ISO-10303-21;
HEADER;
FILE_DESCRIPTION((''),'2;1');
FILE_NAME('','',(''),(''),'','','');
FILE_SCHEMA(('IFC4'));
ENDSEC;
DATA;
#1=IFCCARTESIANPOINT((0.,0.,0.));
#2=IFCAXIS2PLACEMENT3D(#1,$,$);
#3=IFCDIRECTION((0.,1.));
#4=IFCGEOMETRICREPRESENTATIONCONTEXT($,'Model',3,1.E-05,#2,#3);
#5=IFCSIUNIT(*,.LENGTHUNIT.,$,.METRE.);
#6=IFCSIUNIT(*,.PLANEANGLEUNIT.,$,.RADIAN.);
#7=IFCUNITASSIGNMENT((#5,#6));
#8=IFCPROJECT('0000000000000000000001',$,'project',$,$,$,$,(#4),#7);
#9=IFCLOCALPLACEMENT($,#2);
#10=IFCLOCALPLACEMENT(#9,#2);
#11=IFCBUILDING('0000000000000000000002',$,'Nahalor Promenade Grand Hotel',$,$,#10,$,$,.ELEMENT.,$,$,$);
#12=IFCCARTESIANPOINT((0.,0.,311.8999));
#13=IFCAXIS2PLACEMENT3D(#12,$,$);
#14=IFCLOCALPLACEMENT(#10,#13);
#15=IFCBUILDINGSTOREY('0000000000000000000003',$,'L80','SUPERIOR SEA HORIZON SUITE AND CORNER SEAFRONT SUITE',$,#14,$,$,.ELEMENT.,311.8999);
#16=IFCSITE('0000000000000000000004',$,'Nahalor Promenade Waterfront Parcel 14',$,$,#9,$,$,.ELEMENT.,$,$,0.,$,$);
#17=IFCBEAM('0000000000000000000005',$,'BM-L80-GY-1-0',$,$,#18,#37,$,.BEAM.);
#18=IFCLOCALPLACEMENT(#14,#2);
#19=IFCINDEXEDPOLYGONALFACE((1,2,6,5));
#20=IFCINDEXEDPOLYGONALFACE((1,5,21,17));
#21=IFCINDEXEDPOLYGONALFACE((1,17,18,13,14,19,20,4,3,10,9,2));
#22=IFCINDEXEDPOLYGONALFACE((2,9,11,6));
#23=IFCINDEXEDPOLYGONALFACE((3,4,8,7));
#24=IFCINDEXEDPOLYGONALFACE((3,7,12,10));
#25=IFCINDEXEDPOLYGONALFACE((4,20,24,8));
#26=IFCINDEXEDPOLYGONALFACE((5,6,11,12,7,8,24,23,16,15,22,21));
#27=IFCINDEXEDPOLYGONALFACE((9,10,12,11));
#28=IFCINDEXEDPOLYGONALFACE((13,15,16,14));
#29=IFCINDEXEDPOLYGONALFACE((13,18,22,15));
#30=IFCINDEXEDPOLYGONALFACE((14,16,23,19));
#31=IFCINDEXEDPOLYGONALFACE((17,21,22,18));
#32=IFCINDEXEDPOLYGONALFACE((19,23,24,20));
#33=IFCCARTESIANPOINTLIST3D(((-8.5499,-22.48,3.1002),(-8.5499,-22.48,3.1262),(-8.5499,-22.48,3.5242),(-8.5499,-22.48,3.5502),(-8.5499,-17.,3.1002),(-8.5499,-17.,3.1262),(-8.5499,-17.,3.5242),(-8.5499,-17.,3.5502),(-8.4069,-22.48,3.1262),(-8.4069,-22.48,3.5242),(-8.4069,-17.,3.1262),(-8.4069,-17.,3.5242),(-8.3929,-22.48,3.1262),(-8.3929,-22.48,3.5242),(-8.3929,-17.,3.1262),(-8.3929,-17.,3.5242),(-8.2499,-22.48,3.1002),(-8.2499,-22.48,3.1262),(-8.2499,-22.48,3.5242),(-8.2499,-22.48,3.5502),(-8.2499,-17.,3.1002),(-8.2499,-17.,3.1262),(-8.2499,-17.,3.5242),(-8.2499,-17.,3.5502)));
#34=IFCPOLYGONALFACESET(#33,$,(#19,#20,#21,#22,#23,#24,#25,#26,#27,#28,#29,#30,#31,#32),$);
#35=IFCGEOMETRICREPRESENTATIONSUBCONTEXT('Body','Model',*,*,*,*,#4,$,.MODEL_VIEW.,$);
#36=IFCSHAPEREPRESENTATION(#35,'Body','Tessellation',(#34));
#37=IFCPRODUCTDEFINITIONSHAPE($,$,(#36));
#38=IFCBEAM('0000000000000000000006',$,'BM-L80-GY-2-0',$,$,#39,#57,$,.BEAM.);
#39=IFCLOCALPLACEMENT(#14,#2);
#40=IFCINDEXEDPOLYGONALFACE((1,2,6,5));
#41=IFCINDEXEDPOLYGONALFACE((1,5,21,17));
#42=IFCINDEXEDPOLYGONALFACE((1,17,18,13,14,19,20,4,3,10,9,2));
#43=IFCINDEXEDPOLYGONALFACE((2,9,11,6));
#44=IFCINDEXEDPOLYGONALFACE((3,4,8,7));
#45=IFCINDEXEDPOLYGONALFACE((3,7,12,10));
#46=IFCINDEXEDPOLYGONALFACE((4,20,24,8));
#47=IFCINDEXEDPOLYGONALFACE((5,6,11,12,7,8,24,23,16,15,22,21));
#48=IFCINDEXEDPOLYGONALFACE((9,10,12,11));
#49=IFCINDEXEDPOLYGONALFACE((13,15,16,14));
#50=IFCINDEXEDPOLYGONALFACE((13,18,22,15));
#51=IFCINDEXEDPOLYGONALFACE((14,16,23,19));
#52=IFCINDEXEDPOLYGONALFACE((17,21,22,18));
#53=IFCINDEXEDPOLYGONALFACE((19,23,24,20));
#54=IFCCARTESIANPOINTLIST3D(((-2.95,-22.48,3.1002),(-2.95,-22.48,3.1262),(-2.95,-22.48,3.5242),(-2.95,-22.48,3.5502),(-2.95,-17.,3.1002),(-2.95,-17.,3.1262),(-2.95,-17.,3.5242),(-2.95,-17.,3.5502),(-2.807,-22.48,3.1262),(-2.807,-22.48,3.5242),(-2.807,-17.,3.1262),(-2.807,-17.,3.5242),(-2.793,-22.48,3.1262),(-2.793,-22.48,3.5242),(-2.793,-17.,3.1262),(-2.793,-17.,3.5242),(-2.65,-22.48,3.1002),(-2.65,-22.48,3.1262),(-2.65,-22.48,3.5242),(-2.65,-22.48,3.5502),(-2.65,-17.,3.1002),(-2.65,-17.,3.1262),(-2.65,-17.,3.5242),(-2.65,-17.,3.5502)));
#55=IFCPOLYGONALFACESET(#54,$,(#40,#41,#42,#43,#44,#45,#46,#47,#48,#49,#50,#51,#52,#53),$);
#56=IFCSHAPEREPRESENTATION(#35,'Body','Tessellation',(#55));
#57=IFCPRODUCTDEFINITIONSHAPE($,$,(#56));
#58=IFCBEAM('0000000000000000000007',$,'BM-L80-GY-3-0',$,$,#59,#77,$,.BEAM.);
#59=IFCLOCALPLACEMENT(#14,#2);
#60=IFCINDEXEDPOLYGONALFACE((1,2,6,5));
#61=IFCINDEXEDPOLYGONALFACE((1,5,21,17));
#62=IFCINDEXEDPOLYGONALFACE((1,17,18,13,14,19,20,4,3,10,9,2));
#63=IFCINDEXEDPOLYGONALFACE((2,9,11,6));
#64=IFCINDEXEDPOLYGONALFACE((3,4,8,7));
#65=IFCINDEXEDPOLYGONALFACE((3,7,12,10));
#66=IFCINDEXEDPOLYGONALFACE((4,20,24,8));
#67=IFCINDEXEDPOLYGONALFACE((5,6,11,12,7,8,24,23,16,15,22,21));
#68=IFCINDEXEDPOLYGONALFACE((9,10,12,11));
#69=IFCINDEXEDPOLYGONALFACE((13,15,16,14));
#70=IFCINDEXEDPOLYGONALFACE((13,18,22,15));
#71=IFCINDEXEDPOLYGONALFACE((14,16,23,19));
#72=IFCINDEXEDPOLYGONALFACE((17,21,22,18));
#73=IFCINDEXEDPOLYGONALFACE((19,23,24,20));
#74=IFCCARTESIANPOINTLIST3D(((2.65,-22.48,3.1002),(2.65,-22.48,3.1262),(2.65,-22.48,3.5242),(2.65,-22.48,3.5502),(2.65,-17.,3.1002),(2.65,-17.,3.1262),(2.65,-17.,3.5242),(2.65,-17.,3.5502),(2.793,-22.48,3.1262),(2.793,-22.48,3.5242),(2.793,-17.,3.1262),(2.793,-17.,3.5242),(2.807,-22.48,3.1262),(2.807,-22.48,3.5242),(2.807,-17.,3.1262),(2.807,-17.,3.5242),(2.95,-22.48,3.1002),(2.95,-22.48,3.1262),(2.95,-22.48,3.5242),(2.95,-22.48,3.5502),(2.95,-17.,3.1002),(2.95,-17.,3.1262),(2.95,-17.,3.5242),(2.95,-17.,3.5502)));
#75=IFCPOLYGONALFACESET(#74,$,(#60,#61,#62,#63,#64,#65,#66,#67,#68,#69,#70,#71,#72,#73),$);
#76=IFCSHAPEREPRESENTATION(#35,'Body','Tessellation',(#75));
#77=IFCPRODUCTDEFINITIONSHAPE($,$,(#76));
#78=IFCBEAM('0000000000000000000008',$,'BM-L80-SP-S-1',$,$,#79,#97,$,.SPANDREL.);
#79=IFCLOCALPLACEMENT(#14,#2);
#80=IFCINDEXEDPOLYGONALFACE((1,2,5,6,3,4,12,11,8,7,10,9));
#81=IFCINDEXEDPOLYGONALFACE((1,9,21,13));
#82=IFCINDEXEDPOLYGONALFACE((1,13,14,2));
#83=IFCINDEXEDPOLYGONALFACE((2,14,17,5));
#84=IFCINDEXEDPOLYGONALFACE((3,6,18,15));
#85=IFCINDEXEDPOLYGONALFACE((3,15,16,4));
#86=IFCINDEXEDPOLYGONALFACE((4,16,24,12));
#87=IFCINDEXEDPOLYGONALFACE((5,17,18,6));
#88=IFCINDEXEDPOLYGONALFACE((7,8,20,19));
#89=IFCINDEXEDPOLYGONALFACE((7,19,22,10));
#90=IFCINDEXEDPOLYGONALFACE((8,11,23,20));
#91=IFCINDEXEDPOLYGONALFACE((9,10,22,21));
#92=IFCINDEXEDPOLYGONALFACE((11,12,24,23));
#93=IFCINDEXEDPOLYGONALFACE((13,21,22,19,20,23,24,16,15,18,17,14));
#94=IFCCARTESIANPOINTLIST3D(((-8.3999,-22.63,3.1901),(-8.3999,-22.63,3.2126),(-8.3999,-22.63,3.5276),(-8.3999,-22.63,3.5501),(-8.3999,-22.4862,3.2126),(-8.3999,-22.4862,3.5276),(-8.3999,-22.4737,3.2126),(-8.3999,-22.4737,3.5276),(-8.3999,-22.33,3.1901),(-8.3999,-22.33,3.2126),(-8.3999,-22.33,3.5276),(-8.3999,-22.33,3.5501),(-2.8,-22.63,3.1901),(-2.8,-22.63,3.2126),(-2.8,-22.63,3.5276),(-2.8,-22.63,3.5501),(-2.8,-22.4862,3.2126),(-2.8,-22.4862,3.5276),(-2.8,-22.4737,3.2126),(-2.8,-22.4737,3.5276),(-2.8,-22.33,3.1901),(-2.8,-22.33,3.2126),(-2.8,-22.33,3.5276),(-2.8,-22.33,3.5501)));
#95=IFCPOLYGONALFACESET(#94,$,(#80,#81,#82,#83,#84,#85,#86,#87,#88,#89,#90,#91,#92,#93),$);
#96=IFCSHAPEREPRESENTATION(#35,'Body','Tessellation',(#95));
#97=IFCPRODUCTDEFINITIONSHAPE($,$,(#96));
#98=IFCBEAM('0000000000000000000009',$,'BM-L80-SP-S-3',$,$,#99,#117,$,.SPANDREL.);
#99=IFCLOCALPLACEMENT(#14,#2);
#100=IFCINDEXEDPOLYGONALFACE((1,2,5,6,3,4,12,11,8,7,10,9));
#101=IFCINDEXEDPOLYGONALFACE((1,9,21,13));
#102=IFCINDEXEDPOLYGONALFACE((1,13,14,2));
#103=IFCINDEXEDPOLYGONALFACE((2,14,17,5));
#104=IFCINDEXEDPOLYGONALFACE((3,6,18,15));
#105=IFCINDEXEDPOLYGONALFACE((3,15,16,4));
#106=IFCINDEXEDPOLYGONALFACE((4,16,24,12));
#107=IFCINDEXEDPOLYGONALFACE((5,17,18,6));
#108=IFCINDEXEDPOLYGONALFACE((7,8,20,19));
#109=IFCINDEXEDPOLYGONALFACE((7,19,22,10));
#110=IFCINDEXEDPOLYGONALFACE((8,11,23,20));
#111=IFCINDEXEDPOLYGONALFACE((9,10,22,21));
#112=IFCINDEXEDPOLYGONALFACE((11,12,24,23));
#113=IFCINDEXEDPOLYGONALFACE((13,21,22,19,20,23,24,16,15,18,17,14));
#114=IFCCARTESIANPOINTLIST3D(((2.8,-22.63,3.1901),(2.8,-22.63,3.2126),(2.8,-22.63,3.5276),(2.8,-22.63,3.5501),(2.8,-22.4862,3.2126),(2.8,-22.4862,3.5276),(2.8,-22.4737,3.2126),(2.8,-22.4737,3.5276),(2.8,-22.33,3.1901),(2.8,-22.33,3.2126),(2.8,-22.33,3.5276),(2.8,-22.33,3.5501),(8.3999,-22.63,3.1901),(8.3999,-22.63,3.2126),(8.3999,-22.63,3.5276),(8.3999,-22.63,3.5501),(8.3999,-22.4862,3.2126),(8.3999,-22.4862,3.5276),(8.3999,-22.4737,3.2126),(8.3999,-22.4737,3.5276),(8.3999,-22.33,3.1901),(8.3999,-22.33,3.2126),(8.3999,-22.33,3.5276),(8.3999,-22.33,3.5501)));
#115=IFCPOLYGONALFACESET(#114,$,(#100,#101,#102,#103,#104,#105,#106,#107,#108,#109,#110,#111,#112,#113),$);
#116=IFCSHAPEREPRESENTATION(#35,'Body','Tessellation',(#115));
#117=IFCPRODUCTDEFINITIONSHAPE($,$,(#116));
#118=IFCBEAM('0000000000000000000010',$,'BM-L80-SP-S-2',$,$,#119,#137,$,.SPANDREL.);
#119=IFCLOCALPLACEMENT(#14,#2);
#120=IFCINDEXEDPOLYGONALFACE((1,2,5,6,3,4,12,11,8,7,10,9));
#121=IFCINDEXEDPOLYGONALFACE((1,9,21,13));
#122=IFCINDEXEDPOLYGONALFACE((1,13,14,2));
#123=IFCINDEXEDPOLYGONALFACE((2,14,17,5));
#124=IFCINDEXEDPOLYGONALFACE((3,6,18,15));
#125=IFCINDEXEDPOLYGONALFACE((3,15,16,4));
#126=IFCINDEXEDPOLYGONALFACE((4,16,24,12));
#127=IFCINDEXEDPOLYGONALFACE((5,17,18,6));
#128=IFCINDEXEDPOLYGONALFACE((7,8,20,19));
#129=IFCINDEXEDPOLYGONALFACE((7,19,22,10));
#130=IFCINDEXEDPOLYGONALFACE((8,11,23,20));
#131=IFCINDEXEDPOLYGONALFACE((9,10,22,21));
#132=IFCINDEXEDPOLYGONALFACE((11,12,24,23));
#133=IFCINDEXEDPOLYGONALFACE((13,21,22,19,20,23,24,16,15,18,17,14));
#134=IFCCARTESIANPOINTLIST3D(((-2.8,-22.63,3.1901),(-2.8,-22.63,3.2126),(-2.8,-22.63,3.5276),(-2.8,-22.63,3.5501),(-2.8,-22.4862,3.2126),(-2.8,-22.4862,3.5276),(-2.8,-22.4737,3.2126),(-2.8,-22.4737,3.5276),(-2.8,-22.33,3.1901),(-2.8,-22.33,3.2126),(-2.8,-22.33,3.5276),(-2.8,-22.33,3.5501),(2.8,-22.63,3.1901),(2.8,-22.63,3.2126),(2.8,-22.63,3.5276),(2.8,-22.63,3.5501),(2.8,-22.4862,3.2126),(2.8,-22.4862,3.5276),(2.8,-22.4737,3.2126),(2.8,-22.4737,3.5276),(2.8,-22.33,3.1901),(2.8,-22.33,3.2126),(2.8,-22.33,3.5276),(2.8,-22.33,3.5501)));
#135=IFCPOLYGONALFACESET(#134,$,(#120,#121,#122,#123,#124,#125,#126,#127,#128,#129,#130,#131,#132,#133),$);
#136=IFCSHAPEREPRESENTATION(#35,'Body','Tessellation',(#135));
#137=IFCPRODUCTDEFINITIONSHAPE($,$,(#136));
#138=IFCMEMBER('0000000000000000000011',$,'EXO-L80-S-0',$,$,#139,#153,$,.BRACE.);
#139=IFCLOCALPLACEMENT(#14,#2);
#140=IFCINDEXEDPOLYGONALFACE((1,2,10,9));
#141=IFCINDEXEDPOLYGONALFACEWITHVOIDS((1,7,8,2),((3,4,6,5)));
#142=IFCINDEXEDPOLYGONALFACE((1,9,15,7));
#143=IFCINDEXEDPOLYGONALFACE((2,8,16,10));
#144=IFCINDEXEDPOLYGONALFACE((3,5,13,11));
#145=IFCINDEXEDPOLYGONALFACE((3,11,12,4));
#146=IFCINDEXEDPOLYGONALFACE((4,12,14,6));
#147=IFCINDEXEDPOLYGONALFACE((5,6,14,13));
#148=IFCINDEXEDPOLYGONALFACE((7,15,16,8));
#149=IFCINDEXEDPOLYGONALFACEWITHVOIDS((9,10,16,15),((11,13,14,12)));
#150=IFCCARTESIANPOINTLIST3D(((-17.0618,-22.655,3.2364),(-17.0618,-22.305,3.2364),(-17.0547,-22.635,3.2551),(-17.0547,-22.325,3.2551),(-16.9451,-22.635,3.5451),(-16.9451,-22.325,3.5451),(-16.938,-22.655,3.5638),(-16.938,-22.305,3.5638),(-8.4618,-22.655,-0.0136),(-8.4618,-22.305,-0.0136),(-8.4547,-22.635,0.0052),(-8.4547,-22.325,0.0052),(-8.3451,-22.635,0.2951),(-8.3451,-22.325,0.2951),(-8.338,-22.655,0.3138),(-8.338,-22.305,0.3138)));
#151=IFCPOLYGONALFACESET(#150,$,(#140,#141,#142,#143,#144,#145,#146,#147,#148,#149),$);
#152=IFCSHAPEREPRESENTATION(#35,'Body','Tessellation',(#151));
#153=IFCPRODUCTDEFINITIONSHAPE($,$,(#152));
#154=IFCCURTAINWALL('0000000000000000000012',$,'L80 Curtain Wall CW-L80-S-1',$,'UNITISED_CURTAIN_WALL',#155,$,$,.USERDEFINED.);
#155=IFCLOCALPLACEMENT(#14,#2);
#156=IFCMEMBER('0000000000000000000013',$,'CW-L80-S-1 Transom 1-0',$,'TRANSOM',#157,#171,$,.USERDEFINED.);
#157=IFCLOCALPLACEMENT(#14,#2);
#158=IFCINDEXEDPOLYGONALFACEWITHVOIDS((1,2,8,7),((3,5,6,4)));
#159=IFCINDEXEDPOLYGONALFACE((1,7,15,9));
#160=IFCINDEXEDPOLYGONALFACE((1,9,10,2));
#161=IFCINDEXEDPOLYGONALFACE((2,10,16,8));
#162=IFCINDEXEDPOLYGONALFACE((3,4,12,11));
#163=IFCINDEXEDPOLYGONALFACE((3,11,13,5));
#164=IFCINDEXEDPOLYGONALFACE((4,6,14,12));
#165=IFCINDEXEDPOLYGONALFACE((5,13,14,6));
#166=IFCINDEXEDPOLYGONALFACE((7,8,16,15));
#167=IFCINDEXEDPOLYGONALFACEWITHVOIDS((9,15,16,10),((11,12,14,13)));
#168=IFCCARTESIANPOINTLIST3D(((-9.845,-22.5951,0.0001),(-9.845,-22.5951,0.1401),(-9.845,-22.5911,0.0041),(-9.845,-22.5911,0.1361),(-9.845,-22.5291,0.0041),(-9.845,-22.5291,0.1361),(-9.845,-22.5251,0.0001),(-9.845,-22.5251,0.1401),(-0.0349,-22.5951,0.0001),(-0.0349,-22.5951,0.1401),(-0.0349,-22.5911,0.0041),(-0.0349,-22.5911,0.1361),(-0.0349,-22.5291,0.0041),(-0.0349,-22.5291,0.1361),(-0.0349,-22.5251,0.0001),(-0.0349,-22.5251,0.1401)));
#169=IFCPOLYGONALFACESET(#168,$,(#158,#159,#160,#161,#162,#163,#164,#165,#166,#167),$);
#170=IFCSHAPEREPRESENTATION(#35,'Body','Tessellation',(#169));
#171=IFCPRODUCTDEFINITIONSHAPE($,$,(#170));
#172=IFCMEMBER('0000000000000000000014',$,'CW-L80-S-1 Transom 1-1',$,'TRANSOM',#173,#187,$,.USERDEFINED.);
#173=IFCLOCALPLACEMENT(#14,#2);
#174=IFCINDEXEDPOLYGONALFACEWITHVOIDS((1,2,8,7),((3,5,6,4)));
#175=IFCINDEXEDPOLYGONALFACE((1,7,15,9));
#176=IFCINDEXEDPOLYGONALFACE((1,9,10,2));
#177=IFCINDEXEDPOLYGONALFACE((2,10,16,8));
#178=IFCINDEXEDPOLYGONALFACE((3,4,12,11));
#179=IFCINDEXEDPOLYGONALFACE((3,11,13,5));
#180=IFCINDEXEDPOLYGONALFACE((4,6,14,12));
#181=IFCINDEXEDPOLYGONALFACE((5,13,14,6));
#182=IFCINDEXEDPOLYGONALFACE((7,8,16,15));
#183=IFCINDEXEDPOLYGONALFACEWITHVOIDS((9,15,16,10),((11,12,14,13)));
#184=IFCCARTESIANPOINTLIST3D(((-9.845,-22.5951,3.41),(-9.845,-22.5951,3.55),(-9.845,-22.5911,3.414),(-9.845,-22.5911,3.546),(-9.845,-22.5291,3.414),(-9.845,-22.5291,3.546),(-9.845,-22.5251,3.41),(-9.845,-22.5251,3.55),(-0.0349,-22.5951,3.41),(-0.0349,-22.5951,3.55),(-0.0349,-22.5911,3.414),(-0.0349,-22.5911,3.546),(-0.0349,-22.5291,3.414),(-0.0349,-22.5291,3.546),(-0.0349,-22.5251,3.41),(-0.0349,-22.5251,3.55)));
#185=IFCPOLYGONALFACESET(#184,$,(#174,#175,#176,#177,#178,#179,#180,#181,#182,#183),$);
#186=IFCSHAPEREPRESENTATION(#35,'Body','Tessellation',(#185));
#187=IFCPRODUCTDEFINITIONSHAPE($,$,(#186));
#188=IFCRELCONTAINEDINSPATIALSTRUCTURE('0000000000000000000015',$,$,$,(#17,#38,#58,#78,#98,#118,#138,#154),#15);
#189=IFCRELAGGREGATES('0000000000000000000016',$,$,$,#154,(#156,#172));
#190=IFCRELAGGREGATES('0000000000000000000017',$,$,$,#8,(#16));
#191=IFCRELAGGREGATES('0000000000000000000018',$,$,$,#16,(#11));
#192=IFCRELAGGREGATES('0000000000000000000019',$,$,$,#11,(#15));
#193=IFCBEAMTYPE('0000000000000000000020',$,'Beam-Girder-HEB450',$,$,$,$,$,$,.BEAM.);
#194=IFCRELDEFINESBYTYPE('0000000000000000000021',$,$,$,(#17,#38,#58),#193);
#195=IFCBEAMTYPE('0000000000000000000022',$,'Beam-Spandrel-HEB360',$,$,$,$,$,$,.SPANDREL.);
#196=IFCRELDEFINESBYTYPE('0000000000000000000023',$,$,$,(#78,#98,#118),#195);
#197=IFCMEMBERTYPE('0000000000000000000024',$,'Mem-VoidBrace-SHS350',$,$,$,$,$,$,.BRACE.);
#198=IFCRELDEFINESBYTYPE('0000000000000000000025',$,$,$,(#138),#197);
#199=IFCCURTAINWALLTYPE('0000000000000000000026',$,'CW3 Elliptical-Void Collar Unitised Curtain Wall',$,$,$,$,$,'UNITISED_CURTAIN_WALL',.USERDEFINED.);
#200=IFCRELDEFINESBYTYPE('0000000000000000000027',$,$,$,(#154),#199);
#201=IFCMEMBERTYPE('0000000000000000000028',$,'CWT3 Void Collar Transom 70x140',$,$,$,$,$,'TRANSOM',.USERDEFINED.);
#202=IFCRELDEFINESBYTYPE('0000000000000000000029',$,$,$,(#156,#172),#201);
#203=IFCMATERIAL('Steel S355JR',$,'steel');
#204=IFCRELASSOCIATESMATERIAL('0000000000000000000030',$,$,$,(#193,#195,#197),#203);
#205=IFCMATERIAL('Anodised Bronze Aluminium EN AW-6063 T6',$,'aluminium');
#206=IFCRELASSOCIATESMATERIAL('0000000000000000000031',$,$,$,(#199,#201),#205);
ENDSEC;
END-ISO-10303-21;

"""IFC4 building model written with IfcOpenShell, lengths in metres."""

from ifc_helpers import new_model, si_unit, direction, frame, origin, origin_2d, place, context, subcontext, project, spatial, hollow_rectangle, i_section, extrude, source, transform, mapped, material, material_profile, profile_set, type_object, element, aggregate, save


model = new_model("IFC4")

# Units and contexts
model_context = context("Model", 3, precision=1e-05, world=origin(), true_north=direction((0.0, 1.0)))
body_context = subcontext(model_context, "Body", "Model", "MODEL_VIEW")
ifc_project = project(units=[si_unit("LENGTHUNIT", "METRE"), si_unit("PLANEANGLEUNIT", "RADIAN")], contexts=[model_context])

# Site, building, storey
site_placement = place(None, origin())
site = spatial("IfcSite", under=ifc_project, at=site_placement, Name="Nahalor Promenade Waterfront Parcel 14", CompositionType="ELEMENT", RefElevation=0.0)
building_placement = place(site_placement, origin())
building = spatial("IfcBuilding", under=site, at=building_placement, Name="Nahalor Promenade Grand Hotel", CompositionType="ELEMENT")
storey_placement = place(building_placement, frame((0.0, 0.0, 311.8999)))
storey = spatial("IfcBuildingStorey", under=building, at=storey_placement, Name="L80", Description="SUPERIOR SEA HORIZON SUITE AND CORNER SEAFRONT SUITE", CompositionType="ELEMENT", Elevation=311.8999)

# Shared definitions
ifc_material_1 = material(Name="Steel S355JR", Category="steel")

# Beams
ifc_material_profile_1 = material_profile(ifc_material_1, i_section(OverallWidth=0.3, OverallDepth=0.45, WebThickness=0.014, FlangeThickness=0.026, at=origin_2d()), Name="HEB 450")
ifc_profile_set_1 = profile_set([ifc_material_profile_1], Name="Steel S355JR")
beam_type_1 = type_object("IfcBeamType", Name="Beam-Girder-HEB450", PredefinedType="BEAM", material=ifc_profile_set_1)
shared_shape_1 = source(origin(), body_context, "Body", "SweptSolid", [
    extrude(i_section(OverallWidth=0.3, OverallDepth=0.45, WebThickness=0.014, FlangeThickness=0.026, at=origin_2d()), origin(), (0.0, 0.0, 1.0), 5.48),
])
for number, where, z_axis, x_axis, name in (
    (1, (-8.3999, -22.48, 3.3252), (0.0, 1.0, 0.0), (-1.0, 0.0, 0.0), "BM-L80-GY-1-0"),
    (2, (-2.8, -22.48, 3.3252), (0.0, 1.0, 0.0), (-1.0, 0.0, 0.0), "BM-L80-GY-2-0"),
    (3, (2.8, -22.48, 3.3252), (0.0, 1.0, 0.0), (-1.0, 0.0, 0.0), "BM-L80-GY-3-0"),
):
    element("IfcBeam", number, at=place(storey_placement, frame(where, z_axis=z_axis, x_axis=x_axis)), inside=storey, type_object=beam_type_1, Name=name, PredefinedType="BEAM", context=body_context, shape_type="MappedRepresentation", body=[
        mapped(shared_shape_1, transform((0.0, 0.0, 0.0), scale=1.0)),
    ])
ifc_material_profile_2 = material_profile(ifc_material_1, i_section(OverallWidth=0.3, OverallDepth=0.36, WebThickness=0.0125, FlangeThickness=0.0225, at=origin_2d()), Name="HEB 360")
ifc_profile_set_2 = profile_set([ifc_material_profile_2], Name="Steel S355JR")
beam_type_2 = type_object("IfcBeamType", Name="Beam-Spandrel-HEB360", PredefinedType="SPANDREL", material=ifc_profile_set_2)
shared_shape_2 = source(origin(), body_context, "Body", "SweptSolid", [
    extrude(i_section(OverallWidth=0.3, OverallDepth=0.36, WebThickness=0.0125, FlangeThickness=0.0225, at=origin_2d()), origin(), (0.0, 0.0, 1.0), 5.5999),
])
for number, where, z_axis, x_axis, name in (
    (4, (-8.3999, -22.48, 3.3701), (1.0, 0.0, 0.0), (0.0, 1.0, 0.0), "BM-L80-SP-S-1"),
    (5, (2.8, -22.48, 3.3701), (1.0, 0.0, 0.0), (0.0, 1.0, 0.0), "BM-L80-SP-S-3"),
):
    element("IfcBeam", number, at=place(storey_placement, frame(where, z_axis=z_axis, x_axis=x_axis)), inside=storey, type_object=beam_type_2, Name=name, PredefinedType="SPANDREL", context=body_context, shape_type="MappedRepresentation", body=[
        mapped(shared_shape_2, transform((0.0, 0.0, 0.0), scale=1.0)),
    ])
shared_shape_3 = source(origin(), body_context, "Body", "SweptSolid", [
    extrude(i_section(OverallWidth=0.3, OverallDepth=0.36, WebThickness=0.0125, FlangeThickness=0.0225, at=origin_2d()), origin(), (0.0, 0.0, 1.0), 5.6001),
])
beam_1_placement = place(storey_placement, frame((-2.8, -22.48, 3.3701), z_axis=(1.0, 0.0, 0.0), x_axis=(0.0, 1.0, 0.0)))
element("IfcBeam", 6, at=beam_1_placement, inside=storey, type_object=beam_type_2, Name="BM-L80-SP-S-2", PredefinedType="SPANDREL", context=body_context, shape_type="MappedRepresentation", body=[
    mapped(shared_shape_3, transform((0.0, 0.0, 0.0), scale=1.0)),
])

# Member
ifc_material_profile_3 = material_profile(ifc_material_1, hollow_rectangle(XDim=0.35, YDim=0.35, WallThickness=0.02, at=origin_2d()), Name="SHS 350x350x20")
ifc_profile_set_3 = profile_set([ifc_material_profile_3], Name="Steel S355JR")
member_type_1 = type_object("IfcMemberType", Name="Mem-VoidBrace-SHS350", PredefinedType="BRACE", material=ifc_profile_set_3)
shared_shape_4 = source(origin(), body_context, "Body", "SweptSolid", [
    extrude(hollow_rectangle(XDim=0.35, YDim=0.35, WallThickness=0.02, at=origin_2d()), origin(), (0.0, 0.0, 1.0), 9.1936),
])
member_1_placement = place(storey_placement, frame((-8.3999, -22.48, 0.1501), z_axis=(-0.935433, 0.0, 0.353503), x_axis=(0.0, -1.0, 0.0)))
element("IfcMember", 7, at=member_1_placement, inside=storey, type_object=member_type_1, Name="EXO-L80-S-0", PredefinedType="BRACE", context=body_context, shape_type="MappedRepresentation", body=[
    mapped(shared_shape_4, transform((0.0, 0.0, 0.0), scale=1.0)),
])

# Curtain wall, members
ifc_material_2 = material(Name="Anodised Bronze Aluminium EN AW-6063 T6", Category="aluminium")
curtain_wall_type = type_object("IfcCurtainWallType", Name="CW3 Elliptical-Void Collar Unitised Curtain Wall", ElementType="UNITISED_CURTAIN_WALL", PredefinedType="USERDEFINED", material=ifc_material_2)
curtain_wall_placement = place(storey_placement, origin())
curtain_wall = element("IfcCurtainWall", 8, at=curtain_wall_placement, inside=storey, type_object=curtain_wall_type, Name="L80 Curtain Wall CW-L80-S-1", ObjectType="UNITISED_CURTAIN_WALL", PredefinedType="USERDEFINED")
ifc_material_profile_4 = material_profile(ifc_material_2, hollow_rectangle(XDim=0.07, YDim=0.14, WallThickness=0.004, at=origin_2d()), Name="CWT 70x140x4")
ifc_profile_set_4 = profile_set([ifc_material_profile_4], Name="Anodised Bronze Aluminium EN AW-6063 T6")
member_type_2 = type_object("IfcMemberType", Name="CWT3 Void Collar Transom 70x140", ElementType="TRANSOM", PredefinedType="USERDEFINED", material=ifc_profile_set_4)
shared_shape_5 = source(origin(), body_context, "Body", "SweptSolid", [
    extrude(hollow_rectangle(XDim=0.07, YDim=0.14, WallThickness=0.004, at=origin_2d()), origin(), (0.0, 0.0, 1.0), 9.8101),
])
member_2_placement = place(storey_placement, frame((-9.845, -22.5601, 0.0701), z_axis=(1.0, 0.0, 0.0), x_axis=(0.0, 1.0, 0.0)))
member_2 = element("IfcMember", 9, at=member_2_placement, type_object=member_type_2, Name="CW-L80-S-1 Transom 1-0", ObjectType="TRANSOM", PredefinedType="USERDEFINED", context=body_context, shape_type="MappedRepresentation", body=[
    mapped(shared_shape_5, transform((0.0, 0.0, 0.0), scale=1.0)),
])
member_3_placement = place(storey_placement, frame((-9.845, -22.5601, 3.48), z_axis=(1.0, 0.0, 0.0), x_axis=(0.0, 1.0, 0.0)))
member_3 = element("IfcMember", 10, at=member_3_placement, type_object=member_type_2, Name="CW-L80-S-1 Transom 1-1", ObjectType="TRANSOM", PredefinedType="USERDEFINED", context=body_context, shape_type="MappedRepresentation", body=[
    mapped(shared_shape_5, transform((0.0, 0.0, 0.0), scale=1.0)),
])
aggregate(curtain_wall, [member_2, member_3])

save(model, "model.ifc")
